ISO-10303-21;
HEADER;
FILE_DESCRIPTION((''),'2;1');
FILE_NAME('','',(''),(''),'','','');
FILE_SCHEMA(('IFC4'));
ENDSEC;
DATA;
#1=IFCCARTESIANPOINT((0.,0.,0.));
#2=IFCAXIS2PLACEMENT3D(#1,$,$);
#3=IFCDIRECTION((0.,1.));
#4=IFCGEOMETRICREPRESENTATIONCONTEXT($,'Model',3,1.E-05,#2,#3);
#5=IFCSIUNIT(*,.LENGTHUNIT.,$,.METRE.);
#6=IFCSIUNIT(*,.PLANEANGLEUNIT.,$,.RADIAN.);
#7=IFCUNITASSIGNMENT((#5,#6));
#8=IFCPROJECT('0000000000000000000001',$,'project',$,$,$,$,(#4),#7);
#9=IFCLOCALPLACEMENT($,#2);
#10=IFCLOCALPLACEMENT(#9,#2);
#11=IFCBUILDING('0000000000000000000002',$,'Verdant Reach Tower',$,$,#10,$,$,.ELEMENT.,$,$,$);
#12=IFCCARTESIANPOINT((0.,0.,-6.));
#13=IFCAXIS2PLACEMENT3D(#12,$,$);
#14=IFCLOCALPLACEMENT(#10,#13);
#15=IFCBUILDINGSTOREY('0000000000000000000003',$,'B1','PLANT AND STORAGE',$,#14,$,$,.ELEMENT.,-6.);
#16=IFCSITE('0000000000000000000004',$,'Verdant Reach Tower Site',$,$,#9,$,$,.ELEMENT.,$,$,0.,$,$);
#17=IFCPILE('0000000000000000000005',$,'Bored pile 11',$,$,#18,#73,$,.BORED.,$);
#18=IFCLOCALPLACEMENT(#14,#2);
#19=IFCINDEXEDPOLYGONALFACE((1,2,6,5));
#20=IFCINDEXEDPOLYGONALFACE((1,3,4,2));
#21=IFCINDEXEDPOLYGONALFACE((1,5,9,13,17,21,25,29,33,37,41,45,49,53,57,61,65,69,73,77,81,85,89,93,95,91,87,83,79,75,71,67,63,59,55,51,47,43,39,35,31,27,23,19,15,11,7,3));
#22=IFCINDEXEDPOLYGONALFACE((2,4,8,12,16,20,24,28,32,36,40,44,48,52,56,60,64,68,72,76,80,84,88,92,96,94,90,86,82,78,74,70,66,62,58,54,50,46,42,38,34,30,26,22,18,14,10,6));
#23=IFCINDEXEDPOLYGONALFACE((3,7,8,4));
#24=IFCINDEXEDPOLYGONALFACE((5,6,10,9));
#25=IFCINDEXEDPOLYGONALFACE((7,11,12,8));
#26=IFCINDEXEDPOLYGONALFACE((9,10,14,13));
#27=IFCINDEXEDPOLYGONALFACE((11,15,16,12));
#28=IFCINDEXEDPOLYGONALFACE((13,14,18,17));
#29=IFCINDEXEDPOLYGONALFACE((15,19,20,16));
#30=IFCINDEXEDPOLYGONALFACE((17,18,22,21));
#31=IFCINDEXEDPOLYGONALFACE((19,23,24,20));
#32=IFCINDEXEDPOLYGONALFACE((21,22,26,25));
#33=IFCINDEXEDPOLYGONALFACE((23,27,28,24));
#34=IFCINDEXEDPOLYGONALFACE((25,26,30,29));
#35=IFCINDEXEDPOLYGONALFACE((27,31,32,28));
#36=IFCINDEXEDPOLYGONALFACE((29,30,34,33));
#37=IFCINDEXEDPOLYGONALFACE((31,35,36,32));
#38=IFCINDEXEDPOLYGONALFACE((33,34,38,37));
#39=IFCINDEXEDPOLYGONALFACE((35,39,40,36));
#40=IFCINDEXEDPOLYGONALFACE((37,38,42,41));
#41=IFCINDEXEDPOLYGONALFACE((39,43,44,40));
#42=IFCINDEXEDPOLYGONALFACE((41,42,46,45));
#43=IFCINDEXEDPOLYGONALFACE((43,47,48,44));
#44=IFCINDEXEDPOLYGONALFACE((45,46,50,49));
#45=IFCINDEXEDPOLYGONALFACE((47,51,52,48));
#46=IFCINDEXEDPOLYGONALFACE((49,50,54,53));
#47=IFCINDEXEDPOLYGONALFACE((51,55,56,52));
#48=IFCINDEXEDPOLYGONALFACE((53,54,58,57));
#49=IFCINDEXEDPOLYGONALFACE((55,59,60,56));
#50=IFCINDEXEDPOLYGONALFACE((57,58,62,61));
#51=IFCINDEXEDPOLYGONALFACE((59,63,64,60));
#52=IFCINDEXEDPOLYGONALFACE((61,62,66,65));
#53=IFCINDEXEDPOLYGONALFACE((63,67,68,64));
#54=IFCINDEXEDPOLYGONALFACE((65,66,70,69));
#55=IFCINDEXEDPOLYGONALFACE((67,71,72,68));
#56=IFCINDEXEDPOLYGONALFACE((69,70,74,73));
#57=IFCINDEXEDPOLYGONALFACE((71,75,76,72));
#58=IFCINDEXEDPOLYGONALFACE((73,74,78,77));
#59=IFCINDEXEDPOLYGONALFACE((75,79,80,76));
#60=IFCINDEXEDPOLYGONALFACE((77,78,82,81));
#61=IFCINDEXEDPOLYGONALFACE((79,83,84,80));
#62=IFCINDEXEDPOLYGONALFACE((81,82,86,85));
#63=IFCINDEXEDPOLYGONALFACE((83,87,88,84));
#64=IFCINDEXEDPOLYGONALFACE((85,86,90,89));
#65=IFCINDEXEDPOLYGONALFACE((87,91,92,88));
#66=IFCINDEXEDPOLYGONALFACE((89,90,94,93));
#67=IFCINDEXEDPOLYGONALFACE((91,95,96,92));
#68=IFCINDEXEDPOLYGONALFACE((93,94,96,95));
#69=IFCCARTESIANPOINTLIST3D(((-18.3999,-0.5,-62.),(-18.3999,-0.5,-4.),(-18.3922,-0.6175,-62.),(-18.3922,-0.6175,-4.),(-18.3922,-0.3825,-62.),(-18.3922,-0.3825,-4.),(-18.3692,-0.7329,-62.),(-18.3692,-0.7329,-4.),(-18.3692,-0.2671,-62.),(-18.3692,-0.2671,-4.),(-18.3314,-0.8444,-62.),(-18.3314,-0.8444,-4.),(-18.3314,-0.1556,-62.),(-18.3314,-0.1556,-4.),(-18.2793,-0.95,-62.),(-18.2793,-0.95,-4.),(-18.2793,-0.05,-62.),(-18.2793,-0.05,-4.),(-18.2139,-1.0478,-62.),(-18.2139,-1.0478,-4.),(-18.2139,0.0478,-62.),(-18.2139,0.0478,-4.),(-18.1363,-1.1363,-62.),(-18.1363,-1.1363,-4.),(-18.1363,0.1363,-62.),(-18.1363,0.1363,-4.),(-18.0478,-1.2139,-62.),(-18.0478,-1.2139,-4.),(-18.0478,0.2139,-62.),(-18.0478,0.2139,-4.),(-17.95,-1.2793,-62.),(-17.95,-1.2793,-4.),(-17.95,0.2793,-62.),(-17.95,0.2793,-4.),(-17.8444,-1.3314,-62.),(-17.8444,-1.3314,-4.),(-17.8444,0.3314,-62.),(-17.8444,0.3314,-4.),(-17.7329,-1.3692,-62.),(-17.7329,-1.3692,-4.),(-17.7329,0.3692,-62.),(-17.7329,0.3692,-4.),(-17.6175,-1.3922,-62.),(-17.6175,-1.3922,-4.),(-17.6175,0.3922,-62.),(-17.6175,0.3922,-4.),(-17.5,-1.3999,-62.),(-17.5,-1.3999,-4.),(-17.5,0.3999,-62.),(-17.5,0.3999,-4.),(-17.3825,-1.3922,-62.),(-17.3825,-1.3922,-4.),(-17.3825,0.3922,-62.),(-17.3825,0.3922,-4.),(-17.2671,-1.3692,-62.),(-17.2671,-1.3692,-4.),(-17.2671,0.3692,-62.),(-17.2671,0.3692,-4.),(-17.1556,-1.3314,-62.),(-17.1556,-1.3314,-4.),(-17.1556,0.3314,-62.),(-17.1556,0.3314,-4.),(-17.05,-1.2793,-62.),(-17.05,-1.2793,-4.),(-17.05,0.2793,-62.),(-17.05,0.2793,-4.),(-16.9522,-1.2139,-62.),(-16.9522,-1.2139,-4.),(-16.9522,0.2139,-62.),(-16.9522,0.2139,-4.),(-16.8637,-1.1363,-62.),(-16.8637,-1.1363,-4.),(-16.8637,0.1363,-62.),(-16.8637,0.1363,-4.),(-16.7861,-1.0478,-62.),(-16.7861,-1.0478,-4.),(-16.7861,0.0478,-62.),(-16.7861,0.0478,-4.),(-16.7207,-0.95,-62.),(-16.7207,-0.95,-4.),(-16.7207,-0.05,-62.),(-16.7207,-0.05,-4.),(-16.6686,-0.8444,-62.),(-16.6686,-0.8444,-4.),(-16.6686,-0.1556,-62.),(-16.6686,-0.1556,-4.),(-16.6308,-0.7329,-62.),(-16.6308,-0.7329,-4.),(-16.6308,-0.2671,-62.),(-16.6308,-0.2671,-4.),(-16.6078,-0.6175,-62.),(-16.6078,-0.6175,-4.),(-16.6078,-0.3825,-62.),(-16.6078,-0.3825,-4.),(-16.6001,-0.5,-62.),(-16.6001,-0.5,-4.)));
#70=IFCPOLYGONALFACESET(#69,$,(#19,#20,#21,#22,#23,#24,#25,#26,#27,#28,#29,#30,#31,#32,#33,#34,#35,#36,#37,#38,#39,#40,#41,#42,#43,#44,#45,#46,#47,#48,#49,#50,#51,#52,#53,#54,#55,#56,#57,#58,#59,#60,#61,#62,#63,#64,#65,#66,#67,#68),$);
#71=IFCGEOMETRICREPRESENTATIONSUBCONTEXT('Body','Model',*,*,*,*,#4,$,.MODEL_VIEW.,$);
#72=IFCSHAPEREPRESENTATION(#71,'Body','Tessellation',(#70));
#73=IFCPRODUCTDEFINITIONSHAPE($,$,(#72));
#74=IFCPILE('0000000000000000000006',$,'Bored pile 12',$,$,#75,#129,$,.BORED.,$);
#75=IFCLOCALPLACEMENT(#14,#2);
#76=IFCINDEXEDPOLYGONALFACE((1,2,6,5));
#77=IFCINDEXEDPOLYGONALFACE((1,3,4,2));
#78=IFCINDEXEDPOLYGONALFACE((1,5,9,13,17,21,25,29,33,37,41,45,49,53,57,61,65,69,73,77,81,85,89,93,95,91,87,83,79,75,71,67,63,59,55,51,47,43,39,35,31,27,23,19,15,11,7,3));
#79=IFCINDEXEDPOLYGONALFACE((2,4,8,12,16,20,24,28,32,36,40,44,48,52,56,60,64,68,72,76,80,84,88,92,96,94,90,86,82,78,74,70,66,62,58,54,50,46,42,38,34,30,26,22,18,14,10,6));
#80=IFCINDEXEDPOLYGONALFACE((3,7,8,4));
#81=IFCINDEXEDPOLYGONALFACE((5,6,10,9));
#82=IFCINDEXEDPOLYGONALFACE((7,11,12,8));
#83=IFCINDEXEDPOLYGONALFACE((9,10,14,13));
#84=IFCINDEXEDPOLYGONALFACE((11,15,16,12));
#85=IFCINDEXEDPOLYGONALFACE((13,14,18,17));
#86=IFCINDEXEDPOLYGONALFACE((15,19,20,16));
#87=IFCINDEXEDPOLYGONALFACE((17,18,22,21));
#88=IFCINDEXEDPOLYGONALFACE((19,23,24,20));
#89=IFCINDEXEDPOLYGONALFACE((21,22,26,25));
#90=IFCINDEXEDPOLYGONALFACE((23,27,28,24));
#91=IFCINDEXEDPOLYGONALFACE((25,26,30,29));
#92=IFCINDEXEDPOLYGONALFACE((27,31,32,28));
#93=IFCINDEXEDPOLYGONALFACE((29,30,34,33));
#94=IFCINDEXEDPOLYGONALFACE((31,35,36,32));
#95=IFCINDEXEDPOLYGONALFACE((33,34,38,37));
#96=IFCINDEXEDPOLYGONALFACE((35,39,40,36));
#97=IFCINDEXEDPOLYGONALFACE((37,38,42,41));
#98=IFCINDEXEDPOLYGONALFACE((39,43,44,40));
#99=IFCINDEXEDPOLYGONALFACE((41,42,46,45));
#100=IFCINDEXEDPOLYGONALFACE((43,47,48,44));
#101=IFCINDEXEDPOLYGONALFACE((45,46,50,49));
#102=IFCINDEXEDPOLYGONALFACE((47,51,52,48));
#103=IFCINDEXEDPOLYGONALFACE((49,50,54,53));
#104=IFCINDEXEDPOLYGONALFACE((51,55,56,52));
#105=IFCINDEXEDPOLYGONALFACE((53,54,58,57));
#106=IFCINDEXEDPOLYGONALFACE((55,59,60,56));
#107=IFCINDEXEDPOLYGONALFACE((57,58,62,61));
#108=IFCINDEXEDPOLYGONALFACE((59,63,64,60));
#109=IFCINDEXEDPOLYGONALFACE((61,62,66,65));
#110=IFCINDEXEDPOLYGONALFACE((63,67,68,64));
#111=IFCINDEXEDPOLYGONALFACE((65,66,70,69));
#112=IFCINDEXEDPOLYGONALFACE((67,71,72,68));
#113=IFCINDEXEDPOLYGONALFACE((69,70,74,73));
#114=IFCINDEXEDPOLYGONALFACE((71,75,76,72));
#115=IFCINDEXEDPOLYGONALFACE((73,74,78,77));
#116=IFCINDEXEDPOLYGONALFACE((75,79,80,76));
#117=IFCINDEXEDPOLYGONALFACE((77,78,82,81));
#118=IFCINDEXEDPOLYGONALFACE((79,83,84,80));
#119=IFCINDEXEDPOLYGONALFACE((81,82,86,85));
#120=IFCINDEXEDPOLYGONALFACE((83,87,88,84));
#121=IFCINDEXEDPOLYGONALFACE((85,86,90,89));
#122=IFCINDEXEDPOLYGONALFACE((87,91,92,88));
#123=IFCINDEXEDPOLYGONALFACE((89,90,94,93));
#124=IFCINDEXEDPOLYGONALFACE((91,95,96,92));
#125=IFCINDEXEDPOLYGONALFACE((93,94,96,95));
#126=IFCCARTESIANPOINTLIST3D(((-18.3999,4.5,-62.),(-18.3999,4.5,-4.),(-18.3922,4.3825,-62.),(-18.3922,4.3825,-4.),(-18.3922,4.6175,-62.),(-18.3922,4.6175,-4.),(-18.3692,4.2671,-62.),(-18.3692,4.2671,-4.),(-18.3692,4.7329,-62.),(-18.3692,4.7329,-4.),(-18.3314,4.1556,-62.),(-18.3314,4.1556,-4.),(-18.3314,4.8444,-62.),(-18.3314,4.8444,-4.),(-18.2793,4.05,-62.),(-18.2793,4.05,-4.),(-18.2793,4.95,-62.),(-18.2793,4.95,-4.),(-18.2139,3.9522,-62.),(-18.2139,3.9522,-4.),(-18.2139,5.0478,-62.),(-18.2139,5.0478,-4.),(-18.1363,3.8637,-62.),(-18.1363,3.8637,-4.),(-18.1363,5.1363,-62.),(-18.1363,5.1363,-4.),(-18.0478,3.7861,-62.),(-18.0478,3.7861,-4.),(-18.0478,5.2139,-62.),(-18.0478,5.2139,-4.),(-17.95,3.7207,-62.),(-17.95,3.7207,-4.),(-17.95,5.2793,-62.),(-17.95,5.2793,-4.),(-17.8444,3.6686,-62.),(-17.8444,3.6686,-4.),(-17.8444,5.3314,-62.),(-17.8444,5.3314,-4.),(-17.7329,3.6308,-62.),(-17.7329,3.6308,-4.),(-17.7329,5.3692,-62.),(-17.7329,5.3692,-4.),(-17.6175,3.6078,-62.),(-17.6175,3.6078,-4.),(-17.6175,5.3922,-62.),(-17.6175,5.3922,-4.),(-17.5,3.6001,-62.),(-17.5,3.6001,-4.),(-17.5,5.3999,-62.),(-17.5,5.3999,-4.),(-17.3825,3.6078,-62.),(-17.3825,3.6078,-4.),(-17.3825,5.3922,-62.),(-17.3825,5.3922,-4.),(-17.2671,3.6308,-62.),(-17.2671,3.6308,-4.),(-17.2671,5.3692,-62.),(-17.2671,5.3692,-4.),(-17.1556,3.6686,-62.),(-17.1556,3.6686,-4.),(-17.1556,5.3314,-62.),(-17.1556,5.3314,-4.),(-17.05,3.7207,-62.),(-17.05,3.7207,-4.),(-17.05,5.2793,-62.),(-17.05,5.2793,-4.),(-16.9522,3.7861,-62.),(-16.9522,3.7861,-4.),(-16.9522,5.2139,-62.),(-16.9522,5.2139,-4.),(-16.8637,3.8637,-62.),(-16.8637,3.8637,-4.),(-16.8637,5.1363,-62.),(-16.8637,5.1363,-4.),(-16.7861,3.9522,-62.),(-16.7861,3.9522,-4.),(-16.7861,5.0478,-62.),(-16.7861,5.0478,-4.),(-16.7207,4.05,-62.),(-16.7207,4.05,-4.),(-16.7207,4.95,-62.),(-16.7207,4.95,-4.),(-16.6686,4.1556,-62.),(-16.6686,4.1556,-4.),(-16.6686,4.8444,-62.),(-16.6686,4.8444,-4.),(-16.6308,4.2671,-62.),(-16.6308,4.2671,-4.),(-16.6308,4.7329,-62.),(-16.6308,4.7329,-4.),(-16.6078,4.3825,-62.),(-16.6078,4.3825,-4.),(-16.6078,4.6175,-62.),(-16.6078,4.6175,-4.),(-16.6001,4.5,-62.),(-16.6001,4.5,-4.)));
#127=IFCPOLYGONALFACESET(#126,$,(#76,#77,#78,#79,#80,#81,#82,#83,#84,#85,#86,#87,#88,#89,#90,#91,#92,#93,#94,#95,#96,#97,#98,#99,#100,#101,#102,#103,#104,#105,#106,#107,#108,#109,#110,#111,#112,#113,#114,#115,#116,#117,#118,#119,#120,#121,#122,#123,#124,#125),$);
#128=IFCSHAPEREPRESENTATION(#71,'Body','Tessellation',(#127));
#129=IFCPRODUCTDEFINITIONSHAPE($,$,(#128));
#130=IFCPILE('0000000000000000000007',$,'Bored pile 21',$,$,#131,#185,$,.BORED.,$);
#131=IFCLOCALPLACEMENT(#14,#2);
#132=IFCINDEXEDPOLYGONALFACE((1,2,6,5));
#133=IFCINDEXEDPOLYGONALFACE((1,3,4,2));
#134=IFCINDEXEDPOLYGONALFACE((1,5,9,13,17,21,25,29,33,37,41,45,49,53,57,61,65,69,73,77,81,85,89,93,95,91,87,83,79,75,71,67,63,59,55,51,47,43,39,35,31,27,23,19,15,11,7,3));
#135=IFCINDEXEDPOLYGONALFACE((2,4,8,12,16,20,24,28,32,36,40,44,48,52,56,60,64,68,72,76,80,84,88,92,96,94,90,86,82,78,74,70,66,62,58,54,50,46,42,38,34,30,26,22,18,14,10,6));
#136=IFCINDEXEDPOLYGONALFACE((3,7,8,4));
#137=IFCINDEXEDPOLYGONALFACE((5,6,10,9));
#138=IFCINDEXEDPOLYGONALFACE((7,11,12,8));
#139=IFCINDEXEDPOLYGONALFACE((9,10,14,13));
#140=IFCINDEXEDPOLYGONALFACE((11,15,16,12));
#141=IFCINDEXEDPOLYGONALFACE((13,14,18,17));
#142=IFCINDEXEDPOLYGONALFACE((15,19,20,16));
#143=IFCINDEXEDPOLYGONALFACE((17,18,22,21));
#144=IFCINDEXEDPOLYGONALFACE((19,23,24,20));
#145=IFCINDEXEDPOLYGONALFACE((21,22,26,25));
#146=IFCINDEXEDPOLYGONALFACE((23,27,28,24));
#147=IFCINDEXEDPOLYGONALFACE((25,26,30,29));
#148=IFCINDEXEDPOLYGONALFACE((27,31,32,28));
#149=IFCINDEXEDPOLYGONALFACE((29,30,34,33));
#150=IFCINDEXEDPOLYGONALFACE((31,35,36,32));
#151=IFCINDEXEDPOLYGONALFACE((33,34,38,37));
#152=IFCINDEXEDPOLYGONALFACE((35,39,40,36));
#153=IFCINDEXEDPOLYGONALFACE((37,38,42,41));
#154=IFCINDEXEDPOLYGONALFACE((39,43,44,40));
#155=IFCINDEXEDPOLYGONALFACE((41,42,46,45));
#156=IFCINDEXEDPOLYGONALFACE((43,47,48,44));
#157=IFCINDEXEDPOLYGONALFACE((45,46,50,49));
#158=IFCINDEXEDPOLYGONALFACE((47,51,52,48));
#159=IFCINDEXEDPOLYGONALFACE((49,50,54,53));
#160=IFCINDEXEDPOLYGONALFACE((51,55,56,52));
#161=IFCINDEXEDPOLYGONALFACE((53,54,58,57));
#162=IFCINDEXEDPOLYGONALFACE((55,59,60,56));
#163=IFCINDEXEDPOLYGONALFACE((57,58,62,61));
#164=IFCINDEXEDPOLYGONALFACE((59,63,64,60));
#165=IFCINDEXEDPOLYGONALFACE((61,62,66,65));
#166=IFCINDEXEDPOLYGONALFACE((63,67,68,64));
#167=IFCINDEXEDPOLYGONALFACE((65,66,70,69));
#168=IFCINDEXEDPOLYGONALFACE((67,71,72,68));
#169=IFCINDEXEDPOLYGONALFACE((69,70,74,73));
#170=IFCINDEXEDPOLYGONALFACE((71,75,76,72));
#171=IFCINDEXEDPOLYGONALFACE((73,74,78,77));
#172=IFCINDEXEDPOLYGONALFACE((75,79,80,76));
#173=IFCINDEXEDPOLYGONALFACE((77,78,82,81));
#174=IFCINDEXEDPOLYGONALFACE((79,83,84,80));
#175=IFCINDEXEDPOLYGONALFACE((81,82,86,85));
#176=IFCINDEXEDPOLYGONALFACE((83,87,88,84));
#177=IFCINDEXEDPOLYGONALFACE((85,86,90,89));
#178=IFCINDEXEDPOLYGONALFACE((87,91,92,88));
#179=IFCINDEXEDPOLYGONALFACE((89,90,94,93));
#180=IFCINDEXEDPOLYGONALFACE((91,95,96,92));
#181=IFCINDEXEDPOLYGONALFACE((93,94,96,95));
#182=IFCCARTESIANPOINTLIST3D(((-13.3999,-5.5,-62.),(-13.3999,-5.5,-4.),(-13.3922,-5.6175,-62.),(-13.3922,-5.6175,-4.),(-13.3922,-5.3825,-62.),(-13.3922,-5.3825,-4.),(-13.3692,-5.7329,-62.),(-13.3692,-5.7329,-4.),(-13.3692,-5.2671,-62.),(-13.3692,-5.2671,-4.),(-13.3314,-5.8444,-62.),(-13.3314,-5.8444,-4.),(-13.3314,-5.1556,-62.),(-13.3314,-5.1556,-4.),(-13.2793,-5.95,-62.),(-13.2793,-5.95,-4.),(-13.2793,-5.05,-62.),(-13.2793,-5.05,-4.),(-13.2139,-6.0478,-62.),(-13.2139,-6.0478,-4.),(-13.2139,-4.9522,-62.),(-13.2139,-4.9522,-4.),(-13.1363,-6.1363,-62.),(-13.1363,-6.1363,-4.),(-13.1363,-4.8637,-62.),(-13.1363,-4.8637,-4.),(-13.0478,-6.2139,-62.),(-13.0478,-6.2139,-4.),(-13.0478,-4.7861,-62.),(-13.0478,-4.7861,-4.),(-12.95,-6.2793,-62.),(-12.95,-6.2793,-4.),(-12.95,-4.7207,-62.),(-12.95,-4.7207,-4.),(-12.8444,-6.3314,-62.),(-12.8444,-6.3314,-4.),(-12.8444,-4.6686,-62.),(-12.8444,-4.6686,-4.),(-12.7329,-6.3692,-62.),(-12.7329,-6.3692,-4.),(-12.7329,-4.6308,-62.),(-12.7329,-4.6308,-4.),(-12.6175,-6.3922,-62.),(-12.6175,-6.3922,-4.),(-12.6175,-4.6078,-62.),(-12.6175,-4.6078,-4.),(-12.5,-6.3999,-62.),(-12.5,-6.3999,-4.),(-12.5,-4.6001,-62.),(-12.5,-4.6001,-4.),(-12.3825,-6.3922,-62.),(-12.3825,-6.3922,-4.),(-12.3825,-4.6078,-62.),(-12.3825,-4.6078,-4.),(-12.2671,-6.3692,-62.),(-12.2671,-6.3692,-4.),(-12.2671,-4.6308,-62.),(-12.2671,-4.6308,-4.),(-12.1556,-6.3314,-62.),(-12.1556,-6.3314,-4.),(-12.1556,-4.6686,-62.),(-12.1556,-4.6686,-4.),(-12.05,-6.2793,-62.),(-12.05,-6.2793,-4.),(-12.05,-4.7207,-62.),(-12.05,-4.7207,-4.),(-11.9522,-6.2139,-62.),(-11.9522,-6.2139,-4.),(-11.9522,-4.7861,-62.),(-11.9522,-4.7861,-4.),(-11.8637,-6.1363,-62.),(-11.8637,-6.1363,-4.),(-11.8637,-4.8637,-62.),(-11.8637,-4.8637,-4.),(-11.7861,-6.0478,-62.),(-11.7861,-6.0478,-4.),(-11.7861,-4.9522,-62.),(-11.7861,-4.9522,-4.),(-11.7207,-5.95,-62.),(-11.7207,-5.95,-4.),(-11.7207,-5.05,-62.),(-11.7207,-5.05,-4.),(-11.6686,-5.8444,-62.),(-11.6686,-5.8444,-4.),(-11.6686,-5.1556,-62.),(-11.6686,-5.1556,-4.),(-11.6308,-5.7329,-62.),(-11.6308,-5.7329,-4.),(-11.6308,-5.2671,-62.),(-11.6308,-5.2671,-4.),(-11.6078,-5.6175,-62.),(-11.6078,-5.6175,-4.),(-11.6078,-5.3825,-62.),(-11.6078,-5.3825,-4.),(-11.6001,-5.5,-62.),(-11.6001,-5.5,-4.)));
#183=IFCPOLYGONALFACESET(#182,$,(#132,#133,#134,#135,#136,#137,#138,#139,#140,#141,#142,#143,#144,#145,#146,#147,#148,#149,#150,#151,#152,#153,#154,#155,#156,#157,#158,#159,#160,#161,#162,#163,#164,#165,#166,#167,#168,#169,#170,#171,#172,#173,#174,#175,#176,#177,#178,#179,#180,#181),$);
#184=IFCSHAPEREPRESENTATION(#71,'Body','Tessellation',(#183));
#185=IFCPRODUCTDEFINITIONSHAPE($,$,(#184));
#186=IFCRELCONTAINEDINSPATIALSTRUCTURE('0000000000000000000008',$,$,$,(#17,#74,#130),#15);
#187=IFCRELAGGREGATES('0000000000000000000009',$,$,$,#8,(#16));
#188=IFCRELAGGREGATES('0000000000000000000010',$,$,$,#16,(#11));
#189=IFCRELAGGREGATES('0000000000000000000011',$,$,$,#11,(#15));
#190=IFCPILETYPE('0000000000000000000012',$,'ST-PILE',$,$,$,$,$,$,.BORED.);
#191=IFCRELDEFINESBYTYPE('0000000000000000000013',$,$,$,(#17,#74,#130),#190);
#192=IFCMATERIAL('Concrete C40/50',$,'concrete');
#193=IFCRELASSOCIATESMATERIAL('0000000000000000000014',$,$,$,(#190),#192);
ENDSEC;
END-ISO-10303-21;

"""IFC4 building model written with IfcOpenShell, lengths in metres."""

from ifc_helpers import new_model, si_unit, direction, frame, origin, origin_2d, place, context, subcontext, project, spatial, circle, extrude, material, material_profile, profile_set, type_object, element, save


model = new_model("IFC4")

# Units and contexts
model_context = context("Model", 3, precision=1e-05, world=origin(), true_north=direction((0.0, 1.0)))
body_context = subcontext(model_context, "Body", "Model", "MODEL_VIEW")
ifc_project = project(units=[si_unit("LENGTHUNIT", "METRE"), si_unit("PLANEANGLEUNIT", "RADIAN")], contexts=[model_context])

# Site, building, storey
site_placement = place(None, origin())
site = spatial("IfcSite", under=ifc_project, at=site_placement, Name="Verdant Reach Tower Site", CompositionType="ELEMENT", RefElevation=0.0)
building_placement = place(site_placement, origin())
building = spatial("IfcBuilding", under=site, at=building_placement, Name="Verdant Reach Tower", CompositionType="ELEMENT")
storey_placement = place(building_placement, frame((0.0, 0.0, -6.0)))
storey = spatial("IfcBuildingStorey", under=building, at=storey_placement, Name="B1", Description="PLANT AND STORAGE", CompositionType="ELEMENT", Elevation=-6.0)

# Piles
ifc_material_1 = material(Name="Concrete C40/50", Category="concrete")
ifc_material_profile_1 = material_profile(ifc_material_1, circle(Radius=0.8999, at=origin_2d()), Name="BP 1800")
ifc_profile_set_1 = profile_set([ifc_material_profile_1], Name="Concrete C40/50")
pile_type = type_object("IfcPileType", Name="ST-PILE", PredefinedType="BORED", material=ifc_profile_set_1)
for number, where, z_axis, x_axis, name in (
    (1, (-17.5, -0.5, -4.0), (0.0, 0.0, -1.0), (1.0, 0.0, 0.0), "Bored pile 11"),
    (2, (-17.5, 4.5, -4.0), (0.0, 0.0, -1.0), (1.0, 0.0, 0.0), "Bored pile 12"),
    (3, (-12.5, -5.5, -4.0), (0.0, 0.0, -1.0), (1.0, 0.0, 0.0), "Bored pile 21"),
):
    element("IfcPile", number, at=place(storey_placement, frame(where, z_axis=z_axis, x_axis=x_axis)), inside=storey, type_object=pile_type, Name=name, PredefinedType="BORED", context=body_context, shape_type="SweptSolid", body=[
        extrude(circle(Radius=0.8999, at=origin_2d()), origin(), (0.0, 0.0, 1.0), 58.0),
    ])

save(model, "model.ifc")
